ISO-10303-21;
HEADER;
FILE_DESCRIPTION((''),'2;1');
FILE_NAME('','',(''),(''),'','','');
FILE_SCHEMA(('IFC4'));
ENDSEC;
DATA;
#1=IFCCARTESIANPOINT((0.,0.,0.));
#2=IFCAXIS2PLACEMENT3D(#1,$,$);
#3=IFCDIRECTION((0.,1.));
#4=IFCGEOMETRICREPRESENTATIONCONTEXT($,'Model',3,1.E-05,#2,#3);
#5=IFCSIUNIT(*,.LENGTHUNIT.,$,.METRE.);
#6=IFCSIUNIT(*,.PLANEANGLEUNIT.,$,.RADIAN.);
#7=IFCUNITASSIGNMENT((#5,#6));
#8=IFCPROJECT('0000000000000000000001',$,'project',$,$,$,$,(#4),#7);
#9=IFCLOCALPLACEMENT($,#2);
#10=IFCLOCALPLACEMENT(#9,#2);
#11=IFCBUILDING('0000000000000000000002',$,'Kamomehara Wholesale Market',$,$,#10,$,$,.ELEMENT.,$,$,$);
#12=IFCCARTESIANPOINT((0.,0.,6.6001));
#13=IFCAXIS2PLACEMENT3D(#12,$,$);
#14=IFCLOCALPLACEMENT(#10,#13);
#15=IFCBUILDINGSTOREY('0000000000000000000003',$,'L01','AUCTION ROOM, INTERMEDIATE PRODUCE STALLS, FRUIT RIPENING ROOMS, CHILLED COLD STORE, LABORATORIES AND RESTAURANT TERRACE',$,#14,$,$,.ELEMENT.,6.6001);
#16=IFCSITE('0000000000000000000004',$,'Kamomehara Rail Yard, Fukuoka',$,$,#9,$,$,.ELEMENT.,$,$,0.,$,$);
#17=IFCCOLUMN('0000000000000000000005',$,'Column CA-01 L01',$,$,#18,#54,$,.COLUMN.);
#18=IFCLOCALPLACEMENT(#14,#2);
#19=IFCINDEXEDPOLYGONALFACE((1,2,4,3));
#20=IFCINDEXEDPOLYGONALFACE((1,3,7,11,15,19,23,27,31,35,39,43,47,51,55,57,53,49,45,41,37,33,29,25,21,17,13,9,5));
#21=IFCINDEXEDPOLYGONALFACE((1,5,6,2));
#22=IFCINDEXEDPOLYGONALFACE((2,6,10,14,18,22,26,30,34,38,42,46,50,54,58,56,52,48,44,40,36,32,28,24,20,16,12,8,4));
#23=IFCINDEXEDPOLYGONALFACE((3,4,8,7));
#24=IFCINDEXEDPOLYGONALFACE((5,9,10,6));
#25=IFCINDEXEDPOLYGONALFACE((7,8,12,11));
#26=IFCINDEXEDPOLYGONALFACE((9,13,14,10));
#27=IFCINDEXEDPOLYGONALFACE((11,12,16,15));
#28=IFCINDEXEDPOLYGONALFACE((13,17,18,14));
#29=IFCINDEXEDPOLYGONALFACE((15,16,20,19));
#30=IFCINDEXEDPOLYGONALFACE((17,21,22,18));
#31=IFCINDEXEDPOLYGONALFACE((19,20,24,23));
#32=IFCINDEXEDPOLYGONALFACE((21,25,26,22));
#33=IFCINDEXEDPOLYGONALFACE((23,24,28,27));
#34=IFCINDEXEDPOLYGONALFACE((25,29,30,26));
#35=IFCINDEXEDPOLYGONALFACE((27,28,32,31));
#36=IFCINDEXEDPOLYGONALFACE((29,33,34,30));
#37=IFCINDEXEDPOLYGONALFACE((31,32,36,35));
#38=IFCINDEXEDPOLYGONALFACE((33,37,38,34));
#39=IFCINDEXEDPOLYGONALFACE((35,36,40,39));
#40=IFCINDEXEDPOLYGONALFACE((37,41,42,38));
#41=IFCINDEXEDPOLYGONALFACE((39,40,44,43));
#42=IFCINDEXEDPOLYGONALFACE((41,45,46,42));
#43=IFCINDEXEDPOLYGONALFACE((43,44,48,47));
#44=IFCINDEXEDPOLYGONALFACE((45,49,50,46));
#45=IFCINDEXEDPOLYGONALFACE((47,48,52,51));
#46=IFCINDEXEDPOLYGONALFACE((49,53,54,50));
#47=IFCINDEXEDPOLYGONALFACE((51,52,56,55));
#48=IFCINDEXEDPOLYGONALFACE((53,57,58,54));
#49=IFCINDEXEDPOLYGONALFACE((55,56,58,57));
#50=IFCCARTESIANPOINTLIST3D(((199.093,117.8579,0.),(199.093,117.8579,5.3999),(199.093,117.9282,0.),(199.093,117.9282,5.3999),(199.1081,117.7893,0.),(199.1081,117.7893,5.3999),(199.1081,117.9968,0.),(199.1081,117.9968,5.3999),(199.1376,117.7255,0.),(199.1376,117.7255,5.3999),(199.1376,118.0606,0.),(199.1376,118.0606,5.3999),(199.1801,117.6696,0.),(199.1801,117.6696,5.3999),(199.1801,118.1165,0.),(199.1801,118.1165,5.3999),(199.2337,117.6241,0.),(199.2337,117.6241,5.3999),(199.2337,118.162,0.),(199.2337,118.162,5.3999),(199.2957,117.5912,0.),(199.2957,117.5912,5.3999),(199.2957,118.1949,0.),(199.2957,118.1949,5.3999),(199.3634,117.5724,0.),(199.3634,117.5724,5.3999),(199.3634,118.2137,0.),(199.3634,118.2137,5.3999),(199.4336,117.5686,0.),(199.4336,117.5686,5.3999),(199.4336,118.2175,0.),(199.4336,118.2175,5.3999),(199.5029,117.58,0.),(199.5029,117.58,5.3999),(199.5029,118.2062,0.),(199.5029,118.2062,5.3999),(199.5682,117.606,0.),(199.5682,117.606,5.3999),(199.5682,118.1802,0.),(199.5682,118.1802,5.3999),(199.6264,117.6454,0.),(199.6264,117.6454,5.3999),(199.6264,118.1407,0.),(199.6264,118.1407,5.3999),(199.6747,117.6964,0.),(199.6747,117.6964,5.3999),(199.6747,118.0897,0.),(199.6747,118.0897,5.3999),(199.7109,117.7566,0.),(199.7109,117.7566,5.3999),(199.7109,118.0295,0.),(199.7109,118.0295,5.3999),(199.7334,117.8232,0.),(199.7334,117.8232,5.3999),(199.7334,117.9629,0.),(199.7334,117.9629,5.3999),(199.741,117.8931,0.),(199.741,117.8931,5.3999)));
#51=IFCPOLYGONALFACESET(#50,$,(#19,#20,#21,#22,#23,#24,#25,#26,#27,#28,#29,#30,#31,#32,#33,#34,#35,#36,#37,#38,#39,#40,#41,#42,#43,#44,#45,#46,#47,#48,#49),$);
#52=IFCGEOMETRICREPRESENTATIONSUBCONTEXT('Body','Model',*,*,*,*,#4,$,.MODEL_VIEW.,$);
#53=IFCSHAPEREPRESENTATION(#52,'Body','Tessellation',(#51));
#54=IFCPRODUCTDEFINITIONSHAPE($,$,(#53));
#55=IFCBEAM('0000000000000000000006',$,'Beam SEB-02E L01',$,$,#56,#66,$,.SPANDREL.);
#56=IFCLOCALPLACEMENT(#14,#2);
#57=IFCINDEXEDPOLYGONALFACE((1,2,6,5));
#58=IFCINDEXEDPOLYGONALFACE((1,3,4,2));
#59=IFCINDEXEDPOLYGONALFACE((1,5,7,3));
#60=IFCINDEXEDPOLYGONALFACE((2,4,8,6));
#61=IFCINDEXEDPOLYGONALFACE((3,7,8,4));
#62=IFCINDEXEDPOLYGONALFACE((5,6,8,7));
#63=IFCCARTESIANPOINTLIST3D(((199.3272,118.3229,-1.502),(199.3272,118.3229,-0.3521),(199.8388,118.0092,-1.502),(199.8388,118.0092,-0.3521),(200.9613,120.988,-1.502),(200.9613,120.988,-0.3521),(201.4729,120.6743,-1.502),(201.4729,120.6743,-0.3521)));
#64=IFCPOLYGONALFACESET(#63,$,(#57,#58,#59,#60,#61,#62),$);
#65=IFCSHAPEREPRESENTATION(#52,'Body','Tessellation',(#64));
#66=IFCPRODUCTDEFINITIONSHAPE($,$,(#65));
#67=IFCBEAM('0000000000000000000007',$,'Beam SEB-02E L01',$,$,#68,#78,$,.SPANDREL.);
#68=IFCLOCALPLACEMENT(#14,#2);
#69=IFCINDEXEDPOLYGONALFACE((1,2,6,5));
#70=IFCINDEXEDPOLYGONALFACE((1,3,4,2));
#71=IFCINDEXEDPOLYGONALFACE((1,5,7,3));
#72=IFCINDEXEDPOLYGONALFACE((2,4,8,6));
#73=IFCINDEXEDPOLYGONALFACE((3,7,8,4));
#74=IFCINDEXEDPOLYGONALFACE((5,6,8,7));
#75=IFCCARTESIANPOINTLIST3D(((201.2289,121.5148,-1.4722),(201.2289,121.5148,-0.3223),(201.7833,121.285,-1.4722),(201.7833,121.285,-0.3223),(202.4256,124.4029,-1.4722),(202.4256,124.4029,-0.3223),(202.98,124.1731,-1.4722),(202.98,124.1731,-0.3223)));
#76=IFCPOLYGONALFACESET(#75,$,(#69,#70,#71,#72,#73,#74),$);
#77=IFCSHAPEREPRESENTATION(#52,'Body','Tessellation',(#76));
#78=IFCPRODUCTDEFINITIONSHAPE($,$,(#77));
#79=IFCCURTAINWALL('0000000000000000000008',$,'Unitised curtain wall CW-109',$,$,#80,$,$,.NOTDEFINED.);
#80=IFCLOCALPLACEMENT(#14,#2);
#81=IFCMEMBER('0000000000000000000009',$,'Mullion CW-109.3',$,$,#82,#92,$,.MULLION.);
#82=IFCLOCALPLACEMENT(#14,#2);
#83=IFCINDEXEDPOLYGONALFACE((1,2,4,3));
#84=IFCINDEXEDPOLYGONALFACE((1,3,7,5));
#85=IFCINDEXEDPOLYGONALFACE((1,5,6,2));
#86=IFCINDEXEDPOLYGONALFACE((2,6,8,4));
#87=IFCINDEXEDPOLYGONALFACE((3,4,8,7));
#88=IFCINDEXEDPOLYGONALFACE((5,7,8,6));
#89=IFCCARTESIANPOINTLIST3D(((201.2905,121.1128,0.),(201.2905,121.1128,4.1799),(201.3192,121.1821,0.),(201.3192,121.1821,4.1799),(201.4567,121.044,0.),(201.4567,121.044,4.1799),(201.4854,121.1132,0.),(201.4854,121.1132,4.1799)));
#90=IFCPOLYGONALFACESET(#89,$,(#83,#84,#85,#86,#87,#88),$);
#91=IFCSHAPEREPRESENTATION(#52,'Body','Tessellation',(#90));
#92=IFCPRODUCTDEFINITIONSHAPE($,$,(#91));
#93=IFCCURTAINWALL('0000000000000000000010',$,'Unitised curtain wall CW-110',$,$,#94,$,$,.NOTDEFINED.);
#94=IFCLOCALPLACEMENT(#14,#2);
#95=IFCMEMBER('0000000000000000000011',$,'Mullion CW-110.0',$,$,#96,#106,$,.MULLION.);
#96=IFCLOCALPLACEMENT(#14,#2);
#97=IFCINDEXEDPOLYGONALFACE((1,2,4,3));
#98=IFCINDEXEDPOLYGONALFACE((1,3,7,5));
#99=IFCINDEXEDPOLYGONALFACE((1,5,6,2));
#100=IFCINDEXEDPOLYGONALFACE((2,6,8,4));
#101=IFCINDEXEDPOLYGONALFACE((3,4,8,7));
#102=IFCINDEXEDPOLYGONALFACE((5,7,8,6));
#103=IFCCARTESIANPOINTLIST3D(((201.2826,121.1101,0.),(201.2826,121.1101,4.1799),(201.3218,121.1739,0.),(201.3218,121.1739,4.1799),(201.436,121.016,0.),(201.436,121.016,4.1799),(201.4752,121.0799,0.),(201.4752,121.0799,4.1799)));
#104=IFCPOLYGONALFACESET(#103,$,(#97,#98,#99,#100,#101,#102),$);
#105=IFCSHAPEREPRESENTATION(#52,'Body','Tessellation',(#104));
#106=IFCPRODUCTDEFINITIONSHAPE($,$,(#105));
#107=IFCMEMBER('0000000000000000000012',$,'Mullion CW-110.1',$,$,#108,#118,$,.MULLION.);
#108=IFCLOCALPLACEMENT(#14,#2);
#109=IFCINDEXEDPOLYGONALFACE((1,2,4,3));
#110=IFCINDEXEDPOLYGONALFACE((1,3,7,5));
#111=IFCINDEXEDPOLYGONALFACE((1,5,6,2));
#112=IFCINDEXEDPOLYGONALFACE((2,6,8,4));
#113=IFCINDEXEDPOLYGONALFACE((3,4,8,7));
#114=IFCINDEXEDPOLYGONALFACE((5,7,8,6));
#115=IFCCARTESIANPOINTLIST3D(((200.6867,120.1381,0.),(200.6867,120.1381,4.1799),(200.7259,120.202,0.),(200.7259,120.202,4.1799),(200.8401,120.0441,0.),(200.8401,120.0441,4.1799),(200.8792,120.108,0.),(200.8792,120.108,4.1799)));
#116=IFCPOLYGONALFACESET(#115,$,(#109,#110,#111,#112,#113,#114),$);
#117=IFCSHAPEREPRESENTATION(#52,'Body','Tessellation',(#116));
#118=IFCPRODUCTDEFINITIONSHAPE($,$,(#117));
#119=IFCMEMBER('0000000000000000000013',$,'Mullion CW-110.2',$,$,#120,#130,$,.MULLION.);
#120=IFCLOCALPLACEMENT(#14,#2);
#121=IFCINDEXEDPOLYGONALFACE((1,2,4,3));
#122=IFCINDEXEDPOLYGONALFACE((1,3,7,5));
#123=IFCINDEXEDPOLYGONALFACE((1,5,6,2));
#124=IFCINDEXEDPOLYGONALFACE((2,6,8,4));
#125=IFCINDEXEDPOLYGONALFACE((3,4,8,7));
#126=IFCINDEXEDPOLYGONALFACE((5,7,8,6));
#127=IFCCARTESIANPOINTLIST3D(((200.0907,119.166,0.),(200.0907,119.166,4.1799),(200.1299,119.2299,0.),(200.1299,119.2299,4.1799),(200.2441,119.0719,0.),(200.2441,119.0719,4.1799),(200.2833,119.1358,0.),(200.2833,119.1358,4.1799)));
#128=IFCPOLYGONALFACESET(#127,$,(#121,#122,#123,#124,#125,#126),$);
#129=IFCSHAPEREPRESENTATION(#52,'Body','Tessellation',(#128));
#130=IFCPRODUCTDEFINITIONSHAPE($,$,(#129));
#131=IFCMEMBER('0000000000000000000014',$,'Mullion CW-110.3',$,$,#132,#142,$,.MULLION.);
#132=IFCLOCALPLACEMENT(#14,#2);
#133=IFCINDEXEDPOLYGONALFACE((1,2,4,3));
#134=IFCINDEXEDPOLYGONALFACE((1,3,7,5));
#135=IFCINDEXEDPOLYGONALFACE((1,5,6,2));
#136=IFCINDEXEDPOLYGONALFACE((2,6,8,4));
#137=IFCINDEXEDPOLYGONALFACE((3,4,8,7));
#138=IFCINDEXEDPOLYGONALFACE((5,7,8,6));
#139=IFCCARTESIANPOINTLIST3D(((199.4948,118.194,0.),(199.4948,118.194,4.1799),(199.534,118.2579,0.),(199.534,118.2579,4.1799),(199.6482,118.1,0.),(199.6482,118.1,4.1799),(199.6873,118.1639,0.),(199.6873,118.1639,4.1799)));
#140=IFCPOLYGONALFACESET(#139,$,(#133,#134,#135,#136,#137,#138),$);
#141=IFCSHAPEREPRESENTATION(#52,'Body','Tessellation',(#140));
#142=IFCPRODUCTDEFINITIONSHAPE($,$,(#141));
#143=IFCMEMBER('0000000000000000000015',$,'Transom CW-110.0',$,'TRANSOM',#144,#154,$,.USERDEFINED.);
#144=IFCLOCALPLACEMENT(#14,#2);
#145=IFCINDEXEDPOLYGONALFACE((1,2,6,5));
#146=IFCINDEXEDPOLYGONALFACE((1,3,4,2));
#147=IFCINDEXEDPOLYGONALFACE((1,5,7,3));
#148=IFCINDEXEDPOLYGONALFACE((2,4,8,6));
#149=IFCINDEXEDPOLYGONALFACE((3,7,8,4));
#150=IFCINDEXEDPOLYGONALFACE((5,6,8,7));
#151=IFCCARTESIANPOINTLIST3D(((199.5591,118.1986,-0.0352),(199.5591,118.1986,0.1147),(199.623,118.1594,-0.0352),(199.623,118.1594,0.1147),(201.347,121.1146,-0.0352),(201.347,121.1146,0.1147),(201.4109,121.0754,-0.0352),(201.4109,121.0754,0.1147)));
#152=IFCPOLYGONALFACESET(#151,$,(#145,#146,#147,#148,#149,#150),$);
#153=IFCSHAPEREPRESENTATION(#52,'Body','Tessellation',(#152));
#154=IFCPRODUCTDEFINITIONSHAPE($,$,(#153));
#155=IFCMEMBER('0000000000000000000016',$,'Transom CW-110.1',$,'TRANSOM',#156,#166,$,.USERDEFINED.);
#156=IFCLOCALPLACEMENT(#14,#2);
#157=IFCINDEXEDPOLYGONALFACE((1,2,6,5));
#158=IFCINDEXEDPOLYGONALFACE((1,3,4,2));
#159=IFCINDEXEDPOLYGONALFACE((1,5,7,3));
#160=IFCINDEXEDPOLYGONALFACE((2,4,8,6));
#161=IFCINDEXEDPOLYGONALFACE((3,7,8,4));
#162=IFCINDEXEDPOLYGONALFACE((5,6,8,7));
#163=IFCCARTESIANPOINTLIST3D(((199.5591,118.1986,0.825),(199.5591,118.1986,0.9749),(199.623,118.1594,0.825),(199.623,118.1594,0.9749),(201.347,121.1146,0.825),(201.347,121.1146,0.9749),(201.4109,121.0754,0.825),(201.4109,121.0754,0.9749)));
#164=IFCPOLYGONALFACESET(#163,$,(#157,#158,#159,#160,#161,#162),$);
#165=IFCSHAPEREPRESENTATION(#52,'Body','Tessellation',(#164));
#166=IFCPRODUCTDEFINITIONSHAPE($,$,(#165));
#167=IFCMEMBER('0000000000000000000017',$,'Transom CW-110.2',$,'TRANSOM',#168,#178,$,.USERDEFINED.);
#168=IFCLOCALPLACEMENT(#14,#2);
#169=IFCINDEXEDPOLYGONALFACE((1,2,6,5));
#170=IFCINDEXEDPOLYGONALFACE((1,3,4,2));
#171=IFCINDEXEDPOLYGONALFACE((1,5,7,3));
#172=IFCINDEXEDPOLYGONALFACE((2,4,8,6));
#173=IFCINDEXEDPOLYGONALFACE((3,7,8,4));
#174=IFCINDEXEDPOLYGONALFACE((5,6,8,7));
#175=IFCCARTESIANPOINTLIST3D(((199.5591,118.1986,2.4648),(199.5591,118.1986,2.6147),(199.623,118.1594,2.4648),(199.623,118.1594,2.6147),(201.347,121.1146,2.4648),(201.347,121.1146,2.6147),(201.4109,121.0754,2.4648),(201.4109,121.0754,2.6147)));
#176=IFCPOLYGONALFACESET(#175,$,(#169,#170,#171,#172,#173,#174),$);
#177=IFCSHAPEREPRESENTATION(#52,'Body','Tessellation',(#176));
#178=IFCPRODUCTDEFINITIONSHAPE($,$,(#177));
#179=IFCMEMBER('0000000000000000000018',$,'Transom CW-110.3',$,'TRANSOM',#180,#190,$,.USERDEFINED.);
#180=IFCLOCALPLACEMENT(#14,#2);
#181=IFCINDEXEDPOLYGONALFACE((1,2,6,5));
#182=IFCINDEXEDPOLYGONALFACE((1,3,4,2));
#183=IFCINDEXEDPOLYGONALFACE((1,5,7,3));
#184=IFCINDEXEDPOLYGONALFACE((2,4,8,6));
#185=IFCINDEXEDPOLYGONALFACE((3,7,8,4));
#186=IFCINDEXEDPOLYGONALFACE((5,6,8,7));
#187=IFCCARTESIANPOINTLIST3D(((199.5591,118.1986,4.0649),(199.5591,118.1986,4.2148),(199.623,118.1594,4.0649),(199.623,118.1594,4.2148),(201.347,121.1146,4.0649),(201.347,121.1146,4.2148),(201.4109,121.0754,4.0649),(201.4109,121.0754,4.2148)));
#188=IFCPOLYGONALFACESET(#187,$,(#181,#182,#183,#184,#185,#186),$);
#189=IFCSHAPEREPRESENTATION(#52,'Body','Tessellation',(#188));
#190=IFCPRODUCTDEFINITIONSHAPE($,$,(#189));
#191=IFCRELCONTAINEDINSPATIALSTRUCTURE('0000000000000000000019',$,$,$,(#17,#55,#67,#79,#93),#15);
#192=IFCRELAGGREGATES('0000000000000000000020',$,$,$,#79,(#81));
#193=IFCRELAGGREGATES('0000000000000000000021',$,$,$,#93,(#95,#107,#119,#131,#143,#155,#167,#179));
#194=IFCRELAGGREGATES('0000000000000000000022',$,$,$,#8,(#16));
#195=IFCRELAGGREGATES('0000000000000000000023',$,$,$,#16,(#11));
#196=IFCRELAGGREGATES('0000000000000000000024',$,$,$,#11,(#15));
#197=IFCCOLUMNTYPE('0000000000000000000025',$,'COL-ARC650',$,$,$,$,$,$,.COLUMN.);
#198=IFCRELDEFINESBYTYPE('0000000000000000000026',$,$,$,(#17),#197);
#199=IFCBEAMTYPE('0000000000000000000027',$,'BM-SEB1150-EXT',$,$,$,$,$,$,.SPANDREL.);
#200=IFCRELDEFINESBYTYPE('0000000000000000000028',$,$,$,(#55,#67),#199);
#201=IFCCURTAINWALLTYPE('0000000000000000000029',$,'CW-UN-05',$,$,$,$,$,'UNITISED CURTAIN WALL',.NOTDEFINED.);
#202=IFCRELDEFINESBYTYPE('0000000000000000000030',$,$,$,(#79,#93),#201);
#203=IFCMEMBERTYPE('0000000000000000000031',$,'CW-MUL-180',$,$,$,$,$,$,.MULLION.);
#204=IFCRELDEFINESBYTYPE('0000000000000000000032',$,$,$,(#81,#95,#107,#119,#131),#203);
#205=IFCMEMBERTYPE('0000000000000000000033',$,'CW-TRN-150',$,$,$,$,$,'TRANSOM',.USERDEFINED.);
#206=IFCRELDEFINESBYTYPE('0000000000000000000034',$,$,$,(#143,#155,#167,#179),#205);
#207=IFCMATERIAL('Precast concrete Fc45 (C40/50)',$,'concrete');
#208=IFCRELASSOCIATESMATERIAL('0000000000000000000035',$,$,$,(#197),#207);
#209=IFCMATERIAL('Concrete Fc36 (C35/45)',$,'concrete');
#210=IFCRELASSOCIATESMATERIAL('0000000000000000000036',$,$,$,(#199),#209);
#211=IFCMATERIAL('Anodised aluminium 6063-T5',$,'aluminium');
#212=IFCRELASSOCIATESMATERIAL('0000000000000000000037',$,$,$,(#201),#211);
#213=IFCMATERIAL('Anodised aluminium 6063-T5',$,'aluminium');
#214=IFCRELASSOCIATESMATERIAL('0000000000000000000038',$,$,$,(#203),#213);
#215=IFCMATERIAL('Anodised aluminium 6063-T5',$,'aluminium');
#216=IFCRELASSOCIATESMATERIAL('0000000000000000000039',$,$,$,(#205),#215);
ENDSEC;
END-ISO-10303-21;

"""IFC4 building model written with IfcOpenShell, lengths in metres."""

from ifc_helpers import new_model, si_unit, direction, frame, origin, origin_2d, place, context, subcontext, project, spatial, rectangle, circle, extrude, material, material_profile, profile_set, type_object, element, aggregate, save


model = new_model("IFC4")

# Units and contexts
model_context = context("Model", 3, precision=1e-05, world=origin(), true_north=direction((0.0, 1.0)))
body_context = subcontext(model_context, "Body", "Model", "MODEL_VIEW")
ifc_project = project(units=[si_unit("LENGTHUNIT", "METRE"), si_unit("PLANEANGLEUNIT", "RADIAN")], contexts=[model_context])

# Site, building, storey
site_placement = place(None, origin())
site = spatial("IfcSite", under=ifc_project, at=site_placement, Name="Kamomehara Rail Yard, Fukuoka", CompositionType="ELEMENT", RefElevation=0.0)
building_placement = place(site_placement, origin())
building = spatial("IfcBuilding", under=site, at=building_placement, Name="Kamomehara Wholesale Market", CompositionType="ELEMENT")
storey_placement = place(building_placement, frame((0.0, 0.0, 6.6001)))
storey = spatial("IfcBuildingStorey", under=building, at=storey_placement, Name="L01", Description="AUCTION ROOM, INTERMEDIATE PRODUCE STALLS, FRUIT RIPENING ROOMS, CHILLED COLD STORE, LABORATORIES AND RESTAURANT TERRACE", CompositionType="ELEMENT", Elevation=6.6001)

# Column
ifc_material_1 = material(Name="Precast concrete Fc45 (C40/50)", Category="concrete")
ifc_material_profile_1 = material_profile(ifc_material_1, circle(Radius=0.325, at=origin_2d()), Name="PC-ARC-D650")
ifc_profile_set_1 = profile_set([ifc_material_profile_1], Name="Precast concrete Fc45 (C40/50)")
column_type = type_object("IfcColumnType", Name="COL-ARC650", PredefinedType="COLUMN", material=ifc_profile_set_1)
column_placement = place(storey_placement, frame((199.416, 117.8931, 0.0), z_axis=(0.0, 0.0, 1.0), x_axis=(1.0, 0.0, 0.0)))
element("IfcColumn", 1, at=column_placement, inside=storey, type_object=column_type, Name="Column CA-01 L01", PredefinedType="COLUMN", context=body_context, shape_type="SweptSolid", body=[
    extrude(circle(Radius=0.325, at=origin_2d()), origin(), (0.0, 0.0, 1.0), 5.3999),
])

# Beams
ifc_material_2 = material(Name="Concrete Fc36 (C35/45)", Category="concrete")
ifc_material_profile_2 = material_profile(ifc_material_2, rectangle(XDim=0.6001, YDim=1.1499, at=origin_2d()), Name="RC-SEB-600x1150")
ifc_profile_set_2 = profile_set([ifc_material_profile_2], Name="Concrete Fc36 (C35/45)")
beam_type = type_object("IfcBeamType", Name="BM-SEB1150-EXT", PredefinedType="SPANDREL", material=ifc_profile_set_2)
for number, where, z_axis, x_axis, name in (
    (2, (199.583, 118.166, -0.927), (0.522707, 0.852513, 0.0), (-0.852513, 0.522707, 0.0), "Beam SEB-02E L01"),
    (3, (201.5061, 121.3999, -0.8972), (0.382807, 0.923828, 0.0), (-0.923828, 0.382807, 0.0), "Beam SEB-02E L01"),
):
    element("IfcBeam", number, at=place(storey_placement, frame(where, z_axis=z_axis, x_axis=x_axis)), inside=storey, type_object=beam_type, Name=name, PredefinedType="SPANDREL", context=body_context, shape_type="SweptSolid", body=[
        extrude(rectangle(XDim=0.6001, YDim=1.1499, at=origin_2d()), origin(), (0.0, 0.0, 1.0), 3.1262),
    ])

# Curtain wall, member
ifc_material_3 = material(Name="Anodised aluminium 6063-T5", Category="aluminium")
curtain_wall_type = type_object("IfcCurtainWallType", Name="CW-UN-05", ElementType="UNITISED CURTAIN WALL", PredefinedType="NOTDEFINED", material=ifc_material_3)
curtain_wall_1_placement = place(storey_placement, origin())
curtain_wall_1 = element("IfcCurtainWall", 4, at=curtain_wall_1_placement, inside=storey, type_object=curtain_wall_type, Name="Unitised curtain wall CW-109", PredefinedType="NOTDEFINED")
ifc_material_4 = material(Name="Anodised aluminium 6063-T5", Category="aluminium")
ifc_material_profile_3 = material_profile(ifc_material_4, rectangle(XDim=0.075, YDim=0.1799, at=origin_2d()), Name="ALU-MUL-75x180")
ifc_profile_set_3 = profile_set([ifc_material_profile_3], Name="Anodised aluminium 6063-T5")
member_type_1 = type_object("IfcMemberType", Name="CW-MUL-180", PredefinedType="MULLION", material=ifc_profile_set_3)
member_1_placement = place(storey_placement, frame((201.3879, 121.113, 0.0), z_axis=(0.0, 0.0, 1.0), x_axis=(-0.382601, -0.923914, 0.0)))
member_1 = element("IfcMember", 5, at=member_1_placement, type_object=member_type_1, Name="Mullion CW-109.3", PredefinedType="MULLION", context=body_context, shape_type="SweptSolid", body=[
    extrude(rectangle(XDim=0.075, YDim=0.1799, at=origin_2d()), origin(), (0.0, 0.0, 1.0), 4.1799),
])

# Curtain wall, members
curtain_wall_2_placement = place(storey_placement, origin())
curtain_wall_2 = element("IfcCurtainWall", 6, at=curtain_wall_2_placement, inside=storey, type_object=curtain_wall_type, Name="Unitised curtain wall CW-110", PredefinedType="NOTDEFINED")
member_2_placement = place(storey_placement, frame((201.3789, 121.095, 0.0), z_axis=(0.0, 0.0, 1.0), x_axis=(-0.522726, -0.852501, 0.0)))
member_2 = element("IfcMember", 7, at=member_2_placement, type_object=member_type_1, Name="Mullion CW-110.0", PredefinedType="MULLION", context=body_context, shape_type="SweptSolid", body=[
    extrude(rectangle(XDim=0.075, YDim=0.1799, at=origin_2d()), origin(), (0.0, 0.0, 1.0), 4.1799),
])
member_3_placement = place(storey_placement, frame((200.783, 120.123, 0.0), z_axis=(0.0, 0.0, 1.0), x_axis=(-0.522726, -0.852501, 0.0)))
member_3 = element("IfcMember", 8, at=member_3_placement, type_object=member_type_1, Name="Mullion CW-110.1", PredefinedType="MULLION", context=body_context, shape_type="SweptSolid", body=[
    extrude(rectangle(XDim=0.075, YDim=0.1799, at=origin_2d()), origin(), (0.0, 0.0, 1.0), 4.1799),
])
member_4_placement = place(storey_placement, frame((200.187, 119.1509, 0.0), z_axis=(0.0, 0.0, 1.0), x_axis=(-0.522726, -0.852501, 0.0)))
member_4 = element("IfcMember", 9, at=member_4_placement, type_object=member_type_1, Name="Mullion CW-110.2", PredefinedType="MULLION", context=body_context, shape_type="SweptSolid", body=[
    extrude(rectangle(XDim=0.075, YDim=0.1799, at=origin_2d()), origin(), (0.0, 0.0, 1.0), 4.1799),
])
member_5_placement = place(storey_placement, frame((199.5911, 118.179, 0.0), z_axis=(0.0, 0.0, 1.0), x_axis=(-0.522726, -0.852501, 0.0)))
member_5 = element("IfcMember", 10, at=member_5_placement, type_object=member_type_1, Name="Mullion CW-110.3", PredefinedType="MULLION", context=body_context, shape_type="SweptSolid", body=[
    extrude(rectangle(XDim=0.075, YDim=0.1799, at=origin_2d()), origin(), (0.0, 0.0, 1.0), 4.1799),
])
ifc_material_5 = material(Name="Anodised aluminium 6063-T5", Category="aluminium")
ifc_material_profile_4 = material_profile(ifc_material_5, rectangle(XDim=0.075, YDim=0.1499, at=origin_2d()), Name="ALU-TRN-75x150")
ifc_profile_set_4 = profile_set([ifc_material_profile_4], Name="Anodised aluminium 6063-T5")
member_type_2 = type_object("IfcMemberType", Name="CW-TRN-150", ElementType="TRANSOM", PredefinedType="USERDEFINED", material=ifc_profile_set_4)
member_6_placement = place(storey_placement, frame((201.3789, 121.095, 0.0398), z_axis=(-0.522691, -0.852522, 0.0), x_axis=(0.852522, -0.522691, 0.0)))
member_6 = element("IfcMember", 11, at=member_6_placement, type_object=member_type_2, Name="Transom CW-110.0", ObjectType="TRANSOM", PredefinedType="USERDEFINED", context=body_context, shape_type="SweptSolid", body=[
    extrude(rectangle(XDim=0.075, YDim=0.1499, at=origin_2d()), origin(), (0.0, 0.0, 1.0), 3.4204),
])
member_7_placement = place(storey_placement, frame((201.3789, 121.095, 0.8999), z_axis=(-0.522691, -0.852522, 0.0), x_axis=(0.852522, -0.522691, 0.0)))
member_7 = element("IfcMember", 12, at=member_7_placement, type_object=member_type_2, Name="Transom CW-110.1", ObjectType="TRANSOM", PredefinedType="USERDEFINED", context=body_context, shape_type="SweptSolid", body=[
    extrude(rectangle(XDim=0.075, YDim=0.1499, at=origin_2d()), origin(), (0.0, 0.0, 1.0), 3.4204),
])
member_8_placement = place(storey_placement, frame((201.3789, 121.095, 2.5398), z_axis=(-0.522691, -0.852522, 0.0), x_axis=(0.852522, -0.522691, 0.0)))
member_8 = element("IfcMember", 13, at=member_8_placement, type_object=member_type_2, Name="Transom CW-110.2", ObjectType="TRANSOM", PredefinedType="USERDEFINED", context=body_context, shape_type="SweptSolid", body=[
    extrude(rectangle(XDim=0.075, YDim=0.1499, at=origin_2d()), origin(), (0.0, 0.0, 1.0), 3.4204),
])
member_9_placement = place(storey_placement, frame((201.3789, 121.095, 4.1399), z_axis=(-0.522691, -0.852522, 0.0), x_axis=(0.852522, -0.522691, 0.0)))
member_9 = element("IfcMember", 14, at=member_9_placement, type_object=member_type_2, Name="Transom CW-110.3", ObjectType="TRANSOM", PredefinedType="USERDEFINED", context=body_context, shape_type="SweptSolid", body=[
    extrude(rectangle(XDim=0.075, YDim=0.1499, at=origin_2d()), origin(), (0.0, 0.0, 1.0), 3.4204),
])

aggregate(curtain_wall_1, [member_1])
aggregate(curtain_wall_2, [member_2, member_3, member_4, member_5, member_6, member_7, member_8, member_9])

save(model, "model.ifc")
